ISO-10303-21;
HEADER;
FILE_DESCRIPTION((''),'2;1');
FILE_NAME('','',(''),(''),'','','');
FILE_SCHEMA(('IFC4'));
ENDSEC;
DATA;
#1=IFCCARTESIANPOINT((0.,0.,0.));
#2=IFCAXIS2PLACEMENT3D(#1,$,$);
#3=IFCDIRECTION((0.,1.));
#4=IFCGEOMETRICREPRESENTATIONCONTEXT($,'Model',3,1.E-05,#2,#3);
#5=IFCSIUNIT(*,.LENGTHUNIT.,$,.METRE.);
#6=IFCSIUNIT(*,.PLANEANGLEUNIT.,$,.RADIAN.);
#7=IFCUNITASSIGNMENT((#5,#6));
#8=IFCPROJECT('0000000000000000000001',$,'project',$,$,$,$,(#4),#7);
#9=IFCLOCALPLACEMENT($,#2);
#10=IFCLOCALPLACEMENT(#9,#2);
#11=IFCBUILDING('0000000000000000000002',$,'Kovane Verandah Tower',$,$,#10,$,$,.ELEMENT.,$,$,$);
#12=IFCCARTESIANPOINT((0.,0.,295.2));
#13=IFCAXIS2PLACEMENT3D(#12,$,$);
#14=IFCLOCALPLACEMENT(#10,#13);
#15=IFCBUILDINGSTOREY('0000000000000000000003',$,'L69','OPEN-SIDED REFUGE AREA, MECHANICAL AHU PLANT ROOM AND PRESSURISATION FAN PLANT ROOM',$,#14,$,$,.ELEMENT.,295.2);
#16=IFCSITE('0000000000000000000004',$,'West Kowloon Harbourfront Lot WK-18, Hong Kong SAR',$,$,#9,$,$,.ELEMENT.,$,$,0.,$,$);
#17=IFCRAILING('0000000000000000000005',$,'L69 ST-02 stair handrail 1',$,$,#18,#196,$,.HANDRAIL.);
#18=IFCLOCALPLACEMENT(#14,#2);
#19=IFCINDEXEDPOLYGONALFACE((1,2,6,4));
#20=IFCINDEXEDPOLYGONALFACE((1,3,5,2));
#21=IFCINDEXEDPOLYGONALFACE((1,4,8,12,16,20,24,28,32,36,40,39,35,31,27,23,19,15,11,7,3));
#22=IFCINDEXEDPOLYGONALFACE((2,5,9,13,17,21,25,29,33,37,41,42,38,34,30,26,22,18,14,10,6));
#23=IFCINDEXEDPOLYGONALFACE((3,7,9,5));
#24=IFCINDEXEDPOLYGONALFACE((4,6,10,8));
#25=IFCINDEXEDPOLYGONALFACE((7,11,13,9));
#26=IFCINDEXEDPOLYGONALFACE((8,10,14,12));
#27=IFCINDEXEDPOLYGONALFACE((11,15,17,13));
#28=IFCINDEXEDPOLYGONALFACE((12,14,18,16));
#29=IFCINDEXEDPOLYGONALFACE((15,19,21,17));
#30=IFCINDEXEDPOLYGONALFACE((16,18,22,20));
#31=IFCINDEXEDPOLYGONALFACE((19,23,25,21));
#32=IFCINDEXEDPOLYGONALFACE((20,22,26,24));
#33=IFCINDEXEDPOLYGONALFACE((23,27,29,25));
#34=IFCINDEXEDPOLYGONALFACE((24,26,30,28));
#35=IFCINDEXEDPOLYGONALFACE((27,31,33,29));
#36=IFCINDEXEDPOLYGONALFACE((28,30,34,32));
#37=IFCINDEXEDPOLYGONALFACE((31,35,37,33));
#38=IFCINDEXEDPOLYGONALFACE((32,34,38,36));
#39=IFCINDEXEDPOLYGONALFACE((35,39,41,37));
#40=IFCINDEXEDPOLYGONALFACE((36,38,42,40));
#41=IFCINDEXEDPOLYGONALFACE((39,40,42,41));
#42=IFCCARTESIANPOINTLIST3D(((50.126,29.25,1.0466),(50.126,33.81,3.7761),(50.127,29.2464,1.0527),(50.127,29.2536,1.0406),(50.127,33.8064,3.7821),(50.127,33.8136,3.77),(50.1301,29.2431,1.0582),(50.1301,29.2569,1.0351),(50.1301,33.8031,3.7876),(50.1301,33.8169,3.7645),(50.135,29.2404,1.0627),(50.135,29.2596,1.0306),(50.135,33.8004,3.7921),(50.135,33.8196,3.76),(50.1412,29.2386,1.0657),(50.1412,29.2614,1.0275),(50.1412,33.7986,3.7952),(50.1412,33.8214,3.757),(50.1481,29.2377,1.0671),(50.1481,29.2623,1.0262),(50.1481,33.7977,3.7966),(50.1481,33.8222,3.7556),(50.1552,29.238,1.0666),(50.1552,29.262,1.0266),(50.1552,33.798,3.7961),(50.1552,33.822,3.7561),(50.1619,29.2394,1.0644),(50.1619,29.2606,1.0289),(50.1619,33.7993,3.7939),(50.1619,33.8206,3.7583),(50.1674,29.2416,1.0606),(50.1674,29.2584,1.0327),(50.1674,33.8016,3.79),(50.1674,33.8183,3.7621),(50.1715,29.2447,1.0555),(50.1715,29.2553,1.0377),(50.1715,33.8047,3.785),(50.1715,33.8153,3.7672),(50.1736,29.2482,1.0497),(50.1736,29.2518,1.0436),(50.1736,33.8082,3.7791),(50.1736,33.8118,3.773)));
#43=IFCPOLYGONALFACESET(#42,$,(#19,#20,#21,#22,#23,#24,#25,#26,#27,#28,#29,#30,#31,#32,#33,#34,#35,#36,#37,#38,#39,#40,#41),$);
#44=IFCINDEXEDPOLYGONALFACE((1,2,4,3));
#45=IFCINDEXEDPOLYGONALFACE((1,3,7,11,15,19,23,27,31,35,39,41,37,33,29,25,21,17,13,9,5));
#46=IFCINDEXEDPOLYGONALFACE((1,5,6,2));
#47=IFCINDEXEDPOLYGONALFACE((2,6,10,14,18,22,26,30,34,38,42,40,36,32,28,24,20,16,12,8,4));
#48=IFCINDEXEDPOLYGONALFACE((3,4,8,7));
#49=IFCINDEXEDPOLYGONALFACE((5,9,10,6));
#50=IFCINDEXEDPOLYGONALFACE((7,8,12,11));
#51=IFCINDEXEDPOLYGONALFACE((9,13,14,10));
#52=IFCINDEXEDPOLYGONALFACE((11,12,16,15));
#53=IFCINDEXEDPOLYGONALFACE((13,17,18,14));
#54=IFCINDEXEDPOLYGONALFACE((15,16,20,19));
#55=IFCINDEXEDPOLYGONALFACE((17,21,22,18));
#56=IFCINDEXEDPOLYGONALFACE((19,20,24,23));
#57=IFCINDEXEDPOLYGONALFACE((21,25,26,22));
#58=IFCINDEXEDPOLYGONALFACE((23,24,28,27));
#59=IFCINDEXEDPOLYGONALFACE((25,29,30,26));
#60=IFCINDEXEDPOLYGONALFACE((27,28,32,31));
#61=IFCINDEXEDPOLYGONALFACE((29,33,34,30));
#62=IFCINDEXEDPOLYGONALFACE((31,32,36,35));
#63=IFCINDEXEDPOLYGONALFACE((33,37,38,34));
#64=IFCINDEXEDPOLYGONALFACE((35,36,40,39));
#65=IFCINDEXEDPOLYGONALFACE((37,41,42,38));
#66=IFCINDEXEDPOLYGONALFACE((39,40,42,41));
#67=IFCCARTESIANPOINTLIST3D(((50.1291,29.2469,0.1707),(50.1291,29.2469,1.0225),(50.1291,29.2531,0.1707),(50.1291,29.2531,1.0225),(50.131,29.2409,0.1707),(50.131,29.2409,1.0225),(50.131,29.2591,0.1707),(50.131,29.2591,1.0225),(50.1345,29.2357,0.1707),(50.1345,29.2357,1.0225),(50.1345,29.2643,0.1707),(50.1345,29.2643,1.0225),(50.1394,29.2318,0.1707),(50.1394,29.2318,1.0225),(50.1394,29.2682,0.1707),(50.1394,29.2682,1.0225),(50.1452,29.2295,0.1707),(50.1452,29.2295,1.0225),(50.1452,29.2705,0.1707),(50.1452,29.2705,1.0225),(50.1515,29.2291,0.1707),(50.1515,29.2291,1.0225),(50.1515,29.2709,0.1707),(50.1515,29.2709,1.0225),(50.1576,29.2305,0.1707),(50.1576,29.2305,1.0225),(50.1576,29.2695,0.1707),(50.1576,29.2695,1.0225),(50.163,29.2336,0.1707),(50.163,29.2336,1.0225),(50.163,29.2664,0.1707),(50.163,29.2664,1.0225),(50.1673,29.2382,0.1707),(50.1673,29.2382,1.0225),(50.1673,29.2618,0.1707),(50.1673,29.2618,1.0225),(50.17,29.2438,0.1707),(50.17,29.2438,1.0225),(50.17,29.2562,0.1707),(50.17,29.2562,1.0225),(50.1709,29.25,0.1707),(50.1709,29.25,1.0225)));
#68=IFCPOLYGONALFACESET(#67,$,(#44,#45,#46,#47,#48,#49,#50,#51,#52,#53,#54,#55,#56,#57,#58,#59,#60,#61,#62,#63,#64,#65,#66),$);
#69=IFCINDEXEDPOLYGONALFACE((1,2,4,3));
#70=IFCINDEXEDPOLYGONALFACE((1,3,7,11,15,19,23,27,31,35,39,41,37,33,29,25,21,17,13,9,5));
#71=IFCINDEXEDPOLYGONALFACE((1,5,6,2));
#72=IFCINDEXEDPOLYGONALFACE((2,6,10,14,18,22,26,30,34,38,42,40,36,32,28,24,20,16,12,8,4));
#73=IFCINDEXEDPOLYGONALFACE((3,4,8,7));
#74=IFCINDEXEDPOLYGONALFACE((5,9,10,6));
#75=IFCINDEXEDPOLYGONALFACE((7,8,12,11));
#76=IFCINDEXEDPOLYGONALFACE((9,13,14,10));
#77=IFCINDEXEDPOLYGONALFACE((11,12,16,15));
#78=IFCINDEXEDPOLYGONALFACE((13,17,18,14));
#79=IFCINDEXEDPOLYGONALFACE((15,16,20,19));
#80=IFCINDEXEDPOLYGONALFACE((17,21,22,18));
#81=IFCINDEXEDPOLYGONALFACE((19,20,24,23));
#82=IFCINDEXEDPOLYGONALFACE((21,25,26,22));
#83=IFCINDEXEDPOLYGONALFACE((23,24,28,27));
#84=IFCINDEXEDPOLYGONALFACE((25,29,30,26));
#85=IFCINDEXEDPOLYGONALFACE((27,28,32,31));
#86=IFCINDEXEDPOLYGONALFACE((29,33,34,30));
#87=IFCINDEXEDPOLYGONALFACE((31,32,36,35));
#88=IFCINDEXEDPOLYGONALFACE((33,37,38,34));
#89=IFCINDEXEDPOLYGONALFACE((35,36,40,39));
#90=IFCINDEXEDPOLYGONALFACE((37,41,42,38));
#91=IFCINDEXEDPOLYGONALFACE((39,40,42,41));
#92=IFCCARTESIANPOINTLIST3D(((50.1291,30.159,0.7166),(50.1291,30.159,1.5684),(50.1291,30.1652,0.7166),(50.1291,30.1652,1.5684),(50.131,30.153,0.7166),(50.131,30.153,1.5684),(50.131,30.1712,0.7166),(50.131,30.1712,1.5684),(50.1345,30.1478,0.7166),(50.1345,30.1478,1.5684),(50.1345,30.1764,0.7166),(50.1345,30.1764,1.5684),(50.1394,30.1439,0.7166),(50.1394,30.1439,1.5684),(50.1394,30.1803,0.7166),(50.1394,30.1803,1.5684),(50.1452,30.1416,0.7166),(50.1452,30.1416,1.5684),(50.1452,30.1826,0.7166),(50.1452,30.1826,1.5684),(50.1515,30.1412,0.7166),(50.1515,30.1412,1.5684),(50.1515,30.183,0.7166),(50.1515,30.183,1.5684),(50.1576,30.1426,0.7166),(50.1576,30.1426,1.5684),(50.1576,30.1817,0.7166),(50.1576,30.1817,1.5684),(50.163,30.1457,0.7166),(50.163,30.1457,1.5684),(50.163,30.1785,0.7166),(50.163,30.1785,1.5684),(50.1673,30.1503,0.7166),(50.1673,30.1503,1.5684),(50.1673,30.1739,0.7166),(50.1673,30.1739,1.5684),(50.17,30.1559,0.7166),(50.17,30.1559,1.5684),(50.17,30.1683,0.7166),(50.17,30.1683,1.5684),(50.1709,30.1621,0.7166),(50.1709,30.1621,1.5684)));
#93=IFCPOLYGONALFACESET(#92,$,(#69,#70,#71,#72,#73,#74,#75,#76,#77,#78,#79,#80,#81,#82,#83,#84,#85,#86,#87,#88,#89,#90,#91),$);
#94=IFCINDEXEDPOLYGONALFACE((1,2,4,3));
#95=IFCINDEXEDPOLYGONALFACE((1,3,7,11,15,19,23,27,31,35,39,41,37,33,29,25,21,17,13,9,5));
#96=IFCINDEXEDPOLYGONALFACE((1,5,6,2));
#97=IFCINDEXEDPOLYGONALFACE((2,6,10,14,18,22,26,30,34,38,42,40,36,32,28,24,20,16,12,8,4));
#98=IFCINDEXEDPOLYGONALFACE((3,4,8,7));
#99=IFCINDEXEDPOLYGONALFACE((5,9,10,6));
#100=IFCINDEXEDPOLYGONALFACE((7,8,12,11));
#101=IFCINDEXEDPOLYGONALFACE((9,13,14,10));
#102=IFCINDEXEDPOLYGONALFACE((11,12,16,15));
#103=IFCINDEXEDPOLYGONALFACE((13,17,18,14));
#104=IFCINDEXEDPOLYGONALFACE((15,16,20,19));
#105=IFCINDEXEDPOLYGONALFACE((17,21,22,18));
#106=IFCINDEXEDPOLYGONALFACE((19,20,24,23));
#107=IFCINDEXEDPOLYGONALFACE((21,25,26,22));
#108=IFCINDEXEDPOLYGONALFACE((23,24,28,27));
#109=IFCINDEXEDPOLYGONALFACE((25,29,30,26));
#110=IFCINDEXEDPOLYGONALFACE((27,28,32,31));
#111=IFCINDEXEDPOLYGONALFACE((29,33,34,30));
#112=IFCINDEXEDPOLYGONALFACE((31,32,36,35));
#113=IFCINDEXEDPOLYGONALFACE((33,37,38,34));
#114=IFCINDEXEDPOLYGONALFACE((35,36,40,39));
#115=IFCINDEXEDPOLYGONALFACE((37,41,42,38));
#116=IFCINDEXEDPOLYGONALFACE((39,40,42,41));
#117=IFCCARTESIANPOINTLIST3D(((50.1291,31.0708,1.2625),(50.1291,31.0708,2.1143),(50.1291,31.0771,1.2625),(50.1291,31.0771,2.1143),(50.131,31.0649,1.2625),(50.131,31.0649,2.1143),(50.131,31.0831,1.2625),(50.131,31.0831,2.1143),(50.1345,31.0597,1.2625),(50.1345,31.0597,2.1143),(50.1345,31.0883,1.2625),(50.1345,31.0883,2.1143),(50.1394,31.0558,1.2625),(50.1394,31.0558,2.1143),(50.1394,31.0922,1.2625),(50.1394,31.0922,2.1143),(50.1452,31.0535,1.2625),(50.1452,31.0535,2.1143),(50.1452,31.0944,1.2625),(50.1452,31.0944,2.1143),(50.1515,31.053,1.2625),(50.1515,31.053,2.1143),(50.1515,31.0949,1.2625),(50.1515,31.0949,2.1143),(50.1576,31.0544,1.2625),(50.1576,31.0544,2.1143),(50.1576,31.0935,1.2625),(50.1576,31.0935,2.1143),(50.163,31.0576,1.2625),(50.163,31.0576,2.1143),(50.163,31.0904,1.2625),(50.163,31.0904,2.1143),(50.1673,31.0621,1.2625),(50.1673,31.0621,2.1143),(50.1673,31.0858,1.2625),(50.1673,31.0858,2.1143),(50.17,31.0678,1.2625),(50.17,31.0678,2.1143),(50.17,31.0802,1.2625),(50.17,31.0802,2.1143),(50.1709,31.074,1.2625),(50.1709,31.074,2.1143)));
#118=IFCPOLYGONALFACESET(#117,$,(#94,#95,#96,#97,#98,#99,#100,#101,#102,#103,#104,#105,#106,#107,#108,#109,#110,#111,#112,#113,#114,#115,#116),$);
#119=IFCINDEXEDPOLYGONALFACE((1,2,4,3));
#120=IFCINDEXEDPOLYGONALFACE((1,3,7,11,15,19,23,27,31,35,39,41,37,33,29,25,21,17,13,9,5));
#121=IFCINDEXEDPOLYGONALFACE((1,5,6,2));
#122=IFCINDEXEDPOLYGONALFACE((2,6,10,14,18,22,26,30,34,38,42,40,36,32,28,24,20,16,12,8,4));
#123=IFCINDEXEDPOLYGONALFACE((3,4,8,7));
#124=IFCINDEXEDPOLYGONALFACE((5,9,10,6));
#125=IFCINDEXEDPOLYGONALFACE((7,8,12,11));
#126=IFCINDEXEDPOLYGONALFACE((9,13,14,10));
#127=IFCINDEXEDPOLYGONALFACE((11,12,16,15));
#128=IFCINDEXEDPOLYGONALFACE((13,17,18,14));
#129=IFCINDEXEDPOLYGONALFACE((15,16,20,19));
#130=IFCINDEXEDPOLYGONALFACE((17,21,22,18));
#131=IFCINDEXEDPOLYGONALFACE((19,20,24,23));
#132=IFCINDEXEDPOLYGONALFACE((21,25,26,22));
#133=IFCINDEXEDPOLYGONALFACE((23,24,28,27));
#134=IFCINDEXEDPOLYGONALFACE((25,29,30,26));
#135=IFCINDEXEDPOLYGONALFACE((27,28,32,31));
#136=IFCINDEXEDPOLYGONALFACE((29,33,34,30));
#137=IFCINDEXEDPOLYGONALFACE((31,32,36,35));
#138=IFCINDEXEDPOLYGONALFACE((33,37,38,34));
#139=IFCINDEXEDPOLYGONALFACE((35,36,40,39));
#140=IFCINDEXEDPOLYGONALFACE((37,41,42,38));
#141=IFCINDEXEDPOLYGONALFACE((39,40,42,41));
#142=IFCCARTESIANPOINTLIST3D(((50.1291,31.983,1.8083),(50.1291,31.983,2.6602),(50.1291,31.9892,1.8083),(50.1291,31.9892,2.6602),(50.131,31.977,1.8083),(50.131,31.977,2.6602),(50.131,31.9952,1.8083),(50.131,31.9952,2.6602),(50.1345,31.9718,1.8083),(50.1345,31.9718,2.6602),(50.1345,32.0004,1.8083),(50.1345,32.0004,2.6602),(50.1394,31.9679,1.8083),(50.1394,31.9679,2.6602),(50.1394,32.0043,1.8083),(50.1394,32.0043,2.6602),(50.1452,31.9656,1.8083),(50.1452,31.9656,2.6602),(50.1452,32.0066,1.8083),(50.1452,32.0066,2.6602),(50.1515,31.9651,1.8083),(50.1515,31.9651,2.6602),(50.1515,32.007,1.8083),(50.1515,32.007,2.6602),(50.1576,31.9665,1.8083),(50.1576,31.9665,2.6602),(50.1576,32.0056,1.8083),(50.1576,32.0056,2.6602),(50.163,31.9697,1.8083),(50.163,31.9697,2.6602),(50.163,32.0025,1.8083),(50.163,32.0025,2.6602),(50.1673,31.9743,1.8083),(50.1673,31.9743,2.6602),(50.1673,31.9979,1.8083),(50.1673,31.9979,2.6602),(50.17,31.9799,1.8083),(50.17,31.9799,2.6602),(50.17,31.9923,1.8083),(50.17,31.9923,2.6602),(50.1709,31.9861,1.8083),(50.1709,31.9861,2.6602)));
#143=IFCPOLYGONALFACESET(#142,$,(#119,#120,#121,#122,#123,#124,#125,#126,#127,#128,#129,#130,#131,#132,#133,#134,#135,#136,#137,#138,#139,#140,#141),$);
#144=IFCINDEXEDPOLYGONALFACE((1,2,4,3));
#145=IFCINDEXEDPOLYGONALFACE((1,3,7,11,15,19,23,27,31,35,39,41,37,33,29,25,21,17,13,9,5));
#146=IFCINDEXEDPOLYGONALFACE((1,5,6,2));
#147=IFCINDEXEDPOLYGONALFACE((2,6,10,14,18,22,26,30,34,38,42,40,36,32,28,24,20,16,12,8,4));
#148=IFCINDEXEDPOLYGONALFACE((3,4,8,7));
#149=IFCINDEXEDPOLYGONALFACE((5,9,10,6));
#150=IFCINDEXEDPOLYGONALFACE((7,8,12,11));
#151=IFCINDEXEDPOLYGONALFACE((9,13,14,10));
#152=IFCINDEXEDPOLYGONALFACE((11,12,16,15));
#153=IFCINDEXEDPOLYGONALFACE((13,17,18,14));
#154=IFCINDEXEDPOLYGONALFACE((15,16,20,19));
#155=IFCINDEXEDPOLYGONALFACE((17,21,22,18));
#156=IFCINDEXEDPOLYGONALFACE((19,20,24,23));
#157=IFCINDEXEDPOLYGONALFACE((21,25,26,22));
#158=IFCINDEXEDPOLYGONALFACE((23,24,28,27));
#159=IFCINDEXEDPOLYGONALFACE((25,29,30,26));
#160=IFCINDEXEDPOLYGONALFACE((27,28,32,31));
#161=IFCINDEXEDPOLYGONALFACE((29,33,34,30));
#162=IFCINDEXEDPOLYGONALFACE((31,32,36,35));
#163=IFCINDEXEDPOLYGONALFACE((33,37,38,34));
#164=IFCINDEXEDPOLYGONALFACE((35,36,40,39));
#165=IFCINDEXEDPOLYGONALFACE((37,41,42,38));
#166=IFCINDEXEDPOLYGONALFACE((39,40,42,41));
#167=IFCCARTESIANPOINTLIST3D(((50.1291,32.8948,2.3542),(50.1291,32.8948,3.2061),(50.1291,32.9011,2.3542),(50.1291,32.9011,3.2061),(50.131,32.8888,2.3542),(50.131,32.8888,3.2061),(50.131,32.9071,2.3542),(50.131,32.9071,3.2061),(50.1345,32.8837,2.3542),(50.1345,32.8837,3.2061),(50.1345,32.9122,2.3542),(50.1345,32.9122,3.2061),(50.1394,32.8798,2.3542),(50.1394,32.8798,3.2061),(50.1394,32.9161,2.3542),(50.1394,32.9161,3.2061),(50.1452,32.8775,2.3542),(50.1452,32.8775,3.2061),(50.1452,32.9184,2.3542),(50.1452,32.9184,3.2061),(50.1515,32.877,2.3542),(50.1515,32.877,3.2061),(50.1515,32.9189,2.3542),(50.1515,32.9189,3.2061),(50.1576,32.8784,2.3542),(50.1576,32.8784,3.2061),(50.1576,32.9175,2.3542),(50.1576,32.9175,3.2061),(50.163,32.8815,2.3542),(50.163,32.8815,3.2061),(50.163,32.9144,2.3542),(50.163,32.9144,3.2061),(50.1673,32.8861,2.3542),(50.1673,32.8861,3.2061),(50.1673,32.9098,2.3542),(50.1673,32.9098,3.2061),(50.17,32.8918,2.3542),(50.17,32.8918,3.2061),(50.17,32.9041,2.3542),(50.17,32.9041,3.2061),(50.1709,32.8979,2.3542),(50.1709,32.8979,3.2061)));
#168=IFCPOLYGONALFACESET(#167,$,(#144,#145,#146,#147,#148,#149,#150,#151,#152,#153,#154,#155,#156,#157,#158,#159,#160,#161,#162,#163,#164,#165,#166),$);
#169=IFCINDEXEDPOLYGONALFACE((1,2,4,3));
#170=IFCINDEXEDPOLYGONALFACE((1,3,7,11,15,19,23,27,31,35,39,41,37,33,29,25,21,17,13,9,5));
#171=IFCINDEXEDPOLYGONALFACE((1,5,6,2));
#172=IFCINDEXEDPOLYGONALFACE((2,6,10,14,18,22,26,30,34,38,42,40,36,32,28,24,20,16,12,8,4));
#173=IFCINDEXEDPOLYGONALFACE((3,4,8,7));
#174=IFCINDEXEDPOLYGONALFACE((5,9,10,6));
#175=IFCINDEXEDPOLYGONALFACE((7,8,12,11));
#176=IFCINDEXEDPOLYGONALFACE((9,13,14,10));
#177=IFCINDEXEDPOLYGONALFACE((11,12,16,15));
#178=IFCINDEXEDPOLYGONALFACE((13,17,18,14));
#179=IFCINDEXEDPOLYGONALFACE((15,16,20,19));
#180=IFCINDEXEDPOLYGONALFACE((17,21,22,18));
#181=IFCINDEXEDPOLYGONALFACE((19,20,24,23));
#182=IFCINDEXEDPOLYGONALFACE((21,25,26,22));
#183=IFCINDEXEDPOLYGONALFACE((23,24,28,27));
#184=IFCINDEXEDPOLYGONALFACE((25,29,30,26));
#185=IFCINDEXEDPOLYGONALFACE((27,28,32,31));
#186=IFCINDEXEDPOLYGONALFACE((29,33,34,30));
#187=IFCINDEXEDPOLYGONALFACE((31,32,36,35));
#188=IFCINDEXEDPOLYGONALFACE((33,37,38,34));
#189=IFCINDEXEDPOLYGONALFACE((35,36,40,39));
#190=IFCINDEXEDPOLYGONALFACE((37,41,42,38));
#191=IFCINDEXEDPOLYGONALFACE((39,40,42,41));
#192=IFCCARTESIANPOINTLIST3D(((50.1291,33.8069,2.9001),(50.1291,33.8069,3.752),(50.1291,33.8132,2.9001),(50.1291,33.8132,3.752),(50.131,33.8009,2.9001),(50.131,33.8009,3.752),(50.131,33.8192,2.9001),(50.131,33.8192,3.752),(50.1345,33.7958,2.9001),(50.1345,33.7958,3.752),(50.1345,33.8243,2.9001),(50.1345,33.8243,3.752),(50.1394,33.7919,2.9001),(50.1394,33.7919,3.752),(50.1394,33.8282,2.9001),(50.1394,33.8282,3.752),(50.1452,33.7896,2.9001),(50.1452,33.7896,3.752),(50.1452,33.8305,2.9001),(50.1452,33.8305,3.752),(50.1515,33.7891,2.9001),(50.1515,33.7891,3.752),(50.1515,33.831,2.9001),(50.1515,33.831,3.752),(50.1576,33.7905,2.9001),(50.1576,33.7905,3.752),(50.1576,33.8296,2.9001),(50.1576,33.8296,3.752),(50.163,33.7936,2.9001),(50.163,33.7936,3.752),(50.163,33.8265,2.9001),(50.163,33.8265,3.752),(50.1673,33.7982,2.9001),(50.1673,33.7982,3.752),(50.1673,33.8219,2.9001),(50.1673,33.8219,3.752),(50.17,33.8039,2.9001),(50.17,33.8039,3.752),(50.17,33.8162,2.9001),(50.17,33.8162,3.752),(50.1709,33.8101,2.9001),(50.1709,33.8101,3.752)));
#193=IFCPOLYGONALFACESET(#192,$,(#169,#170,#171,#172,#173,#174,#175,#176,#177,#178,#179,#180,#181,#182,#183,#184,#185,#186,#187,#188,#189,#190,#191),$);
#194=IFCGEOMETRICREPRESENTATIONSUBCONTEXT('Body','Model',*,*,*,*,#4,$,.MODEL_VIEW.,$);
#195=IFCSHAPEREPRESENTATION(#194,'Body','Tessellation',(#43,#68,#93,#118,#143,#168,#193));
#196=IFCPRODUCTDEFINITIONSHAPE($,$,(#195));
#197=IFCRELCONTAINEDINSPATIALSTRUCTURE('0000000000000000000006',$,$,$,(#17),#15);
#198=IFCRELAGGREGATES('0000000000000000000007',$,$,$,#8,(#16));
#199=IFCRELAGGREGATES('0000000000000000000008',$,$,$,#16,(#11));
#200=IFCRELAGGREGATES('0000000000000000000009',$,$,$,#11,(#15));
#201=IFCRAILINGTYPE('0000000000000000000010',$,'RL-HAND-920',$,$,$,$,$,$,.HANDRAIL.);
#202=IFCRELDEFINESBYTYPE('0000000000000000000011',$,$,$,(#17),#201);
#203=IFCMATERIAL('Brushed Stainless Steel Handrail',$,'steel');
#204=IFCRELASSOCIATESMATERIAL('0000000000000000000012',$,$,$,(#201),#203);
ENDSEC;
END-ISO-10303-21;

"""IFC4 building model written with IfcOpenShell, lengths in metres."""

from ifc_helpers import new_model, si_unit, direction, frame, origin, origin_2d, place, context, subcontext, project, spatial, circle, extrude, material, type_object, element, save


model = new_model("IFC4")

# Units and contexts
model_context = context("Model", 3, precision=1e-05, world=origin(), true_north=direction((0.0, 1.0)))
body_context = subcontext(model_context, "Body", "Model", "MODEL_VIEW")
ifc_project = project(units=[si_unit("LENGTHUNIT", "METRE"), si_unit("PLANEANGLEUNIT", "RADIAN")], contexts=[model_context])

# Site, building, storey
site_placement = place(None, origin())
site = spatial("IfcSite", under=ifc_project, at=site_placement, Name="West Kowloon Harbourfront Lot WK-18, Hong Kong SAR", CompositionType="ELEMENT", RefElevation=0.0)
building_placement = place(site_placement, origin())
building = spatial("IfcBuilding", under=site, at=building_placement, Name="Kovane Verandah Tower", CompositionType="ELEMENT")
storey_placement = place(building_placement, frame((0.0, 0.0, 295.2)))
storey = spatial("IfcBuildingStorey", under=building, at=storey_placement, Name="L69", Description="OPEN-SIDED REFUGE AREA, MECHANICAL AHU PLANT ROOM AND PRESSURISATION FAN PLANT ROOM", CompositionType="ELEMENT", Elevation=295.2)

# Railing
ifc_material_1 = material(Name="Brushed Stainless Steel Handrail", Category="steel")
railing_type_1 = type_object("IfcRailingType", Name="RL-HAND-920", PredefinedType="HANDRAIL", material=ifc_material_1)
railing_1_placement = place(storey_placement, frame((50.1499, 29.25, 0.1707)))
element("IfcRailing", 1, at=railing_1_placement, inside=storey, type_object=railing_type_1, Name="L69 ST-02 stair handrail 1", PredefinedType="HANDRAIL", context=body_context, shape_type="SweptSolid", body=[
    extrude(circle(Radius=0.0239, at=origin_2d()), frame((0.0, 0.0, 0.876), z_axis=(0.0, 0.858036, 0.51359), x_axis=(-1.0, 0.0, 0.0)), (0.0, 0.0, 1.0), 5.3145),
    extrude(circle(Radius=0.021, at=origin_2d()), origin(), (0.0, 0.0, 1.0), 0.8518),
    extrude(circle(Radius=0.021, at=origin_2d()), frame((0.0, 0.9121, 0.5459)), (0.0, 0.0, 1.0), 0.8518),
    extrude(circle(Radius=0.021, at=origin_2d()), frame((0.0, 1.824, 1.0918)), (0.0, 0.0, 1.0), 0.8518),
    extrude(circle(Radius=0.021, at=origin_2d()), frame((0.0, 2.7361, 1.6377)), (0.0, 0.0, 1.0), 0.8518),
    extrude(circle(Radius=0.021, at=origin_2d()), frame((0.0, 3.6479, 2.1836)), (0.0, 0.0, 1.0), 0.8518),
    extrude(circle(Radius=0.021, at=origin_2d()), frame((0.0, 4.5601, 2.7295)), (0.0, 0.0, 1.0), 0.8518),
])

save(model, "model.ifc")
